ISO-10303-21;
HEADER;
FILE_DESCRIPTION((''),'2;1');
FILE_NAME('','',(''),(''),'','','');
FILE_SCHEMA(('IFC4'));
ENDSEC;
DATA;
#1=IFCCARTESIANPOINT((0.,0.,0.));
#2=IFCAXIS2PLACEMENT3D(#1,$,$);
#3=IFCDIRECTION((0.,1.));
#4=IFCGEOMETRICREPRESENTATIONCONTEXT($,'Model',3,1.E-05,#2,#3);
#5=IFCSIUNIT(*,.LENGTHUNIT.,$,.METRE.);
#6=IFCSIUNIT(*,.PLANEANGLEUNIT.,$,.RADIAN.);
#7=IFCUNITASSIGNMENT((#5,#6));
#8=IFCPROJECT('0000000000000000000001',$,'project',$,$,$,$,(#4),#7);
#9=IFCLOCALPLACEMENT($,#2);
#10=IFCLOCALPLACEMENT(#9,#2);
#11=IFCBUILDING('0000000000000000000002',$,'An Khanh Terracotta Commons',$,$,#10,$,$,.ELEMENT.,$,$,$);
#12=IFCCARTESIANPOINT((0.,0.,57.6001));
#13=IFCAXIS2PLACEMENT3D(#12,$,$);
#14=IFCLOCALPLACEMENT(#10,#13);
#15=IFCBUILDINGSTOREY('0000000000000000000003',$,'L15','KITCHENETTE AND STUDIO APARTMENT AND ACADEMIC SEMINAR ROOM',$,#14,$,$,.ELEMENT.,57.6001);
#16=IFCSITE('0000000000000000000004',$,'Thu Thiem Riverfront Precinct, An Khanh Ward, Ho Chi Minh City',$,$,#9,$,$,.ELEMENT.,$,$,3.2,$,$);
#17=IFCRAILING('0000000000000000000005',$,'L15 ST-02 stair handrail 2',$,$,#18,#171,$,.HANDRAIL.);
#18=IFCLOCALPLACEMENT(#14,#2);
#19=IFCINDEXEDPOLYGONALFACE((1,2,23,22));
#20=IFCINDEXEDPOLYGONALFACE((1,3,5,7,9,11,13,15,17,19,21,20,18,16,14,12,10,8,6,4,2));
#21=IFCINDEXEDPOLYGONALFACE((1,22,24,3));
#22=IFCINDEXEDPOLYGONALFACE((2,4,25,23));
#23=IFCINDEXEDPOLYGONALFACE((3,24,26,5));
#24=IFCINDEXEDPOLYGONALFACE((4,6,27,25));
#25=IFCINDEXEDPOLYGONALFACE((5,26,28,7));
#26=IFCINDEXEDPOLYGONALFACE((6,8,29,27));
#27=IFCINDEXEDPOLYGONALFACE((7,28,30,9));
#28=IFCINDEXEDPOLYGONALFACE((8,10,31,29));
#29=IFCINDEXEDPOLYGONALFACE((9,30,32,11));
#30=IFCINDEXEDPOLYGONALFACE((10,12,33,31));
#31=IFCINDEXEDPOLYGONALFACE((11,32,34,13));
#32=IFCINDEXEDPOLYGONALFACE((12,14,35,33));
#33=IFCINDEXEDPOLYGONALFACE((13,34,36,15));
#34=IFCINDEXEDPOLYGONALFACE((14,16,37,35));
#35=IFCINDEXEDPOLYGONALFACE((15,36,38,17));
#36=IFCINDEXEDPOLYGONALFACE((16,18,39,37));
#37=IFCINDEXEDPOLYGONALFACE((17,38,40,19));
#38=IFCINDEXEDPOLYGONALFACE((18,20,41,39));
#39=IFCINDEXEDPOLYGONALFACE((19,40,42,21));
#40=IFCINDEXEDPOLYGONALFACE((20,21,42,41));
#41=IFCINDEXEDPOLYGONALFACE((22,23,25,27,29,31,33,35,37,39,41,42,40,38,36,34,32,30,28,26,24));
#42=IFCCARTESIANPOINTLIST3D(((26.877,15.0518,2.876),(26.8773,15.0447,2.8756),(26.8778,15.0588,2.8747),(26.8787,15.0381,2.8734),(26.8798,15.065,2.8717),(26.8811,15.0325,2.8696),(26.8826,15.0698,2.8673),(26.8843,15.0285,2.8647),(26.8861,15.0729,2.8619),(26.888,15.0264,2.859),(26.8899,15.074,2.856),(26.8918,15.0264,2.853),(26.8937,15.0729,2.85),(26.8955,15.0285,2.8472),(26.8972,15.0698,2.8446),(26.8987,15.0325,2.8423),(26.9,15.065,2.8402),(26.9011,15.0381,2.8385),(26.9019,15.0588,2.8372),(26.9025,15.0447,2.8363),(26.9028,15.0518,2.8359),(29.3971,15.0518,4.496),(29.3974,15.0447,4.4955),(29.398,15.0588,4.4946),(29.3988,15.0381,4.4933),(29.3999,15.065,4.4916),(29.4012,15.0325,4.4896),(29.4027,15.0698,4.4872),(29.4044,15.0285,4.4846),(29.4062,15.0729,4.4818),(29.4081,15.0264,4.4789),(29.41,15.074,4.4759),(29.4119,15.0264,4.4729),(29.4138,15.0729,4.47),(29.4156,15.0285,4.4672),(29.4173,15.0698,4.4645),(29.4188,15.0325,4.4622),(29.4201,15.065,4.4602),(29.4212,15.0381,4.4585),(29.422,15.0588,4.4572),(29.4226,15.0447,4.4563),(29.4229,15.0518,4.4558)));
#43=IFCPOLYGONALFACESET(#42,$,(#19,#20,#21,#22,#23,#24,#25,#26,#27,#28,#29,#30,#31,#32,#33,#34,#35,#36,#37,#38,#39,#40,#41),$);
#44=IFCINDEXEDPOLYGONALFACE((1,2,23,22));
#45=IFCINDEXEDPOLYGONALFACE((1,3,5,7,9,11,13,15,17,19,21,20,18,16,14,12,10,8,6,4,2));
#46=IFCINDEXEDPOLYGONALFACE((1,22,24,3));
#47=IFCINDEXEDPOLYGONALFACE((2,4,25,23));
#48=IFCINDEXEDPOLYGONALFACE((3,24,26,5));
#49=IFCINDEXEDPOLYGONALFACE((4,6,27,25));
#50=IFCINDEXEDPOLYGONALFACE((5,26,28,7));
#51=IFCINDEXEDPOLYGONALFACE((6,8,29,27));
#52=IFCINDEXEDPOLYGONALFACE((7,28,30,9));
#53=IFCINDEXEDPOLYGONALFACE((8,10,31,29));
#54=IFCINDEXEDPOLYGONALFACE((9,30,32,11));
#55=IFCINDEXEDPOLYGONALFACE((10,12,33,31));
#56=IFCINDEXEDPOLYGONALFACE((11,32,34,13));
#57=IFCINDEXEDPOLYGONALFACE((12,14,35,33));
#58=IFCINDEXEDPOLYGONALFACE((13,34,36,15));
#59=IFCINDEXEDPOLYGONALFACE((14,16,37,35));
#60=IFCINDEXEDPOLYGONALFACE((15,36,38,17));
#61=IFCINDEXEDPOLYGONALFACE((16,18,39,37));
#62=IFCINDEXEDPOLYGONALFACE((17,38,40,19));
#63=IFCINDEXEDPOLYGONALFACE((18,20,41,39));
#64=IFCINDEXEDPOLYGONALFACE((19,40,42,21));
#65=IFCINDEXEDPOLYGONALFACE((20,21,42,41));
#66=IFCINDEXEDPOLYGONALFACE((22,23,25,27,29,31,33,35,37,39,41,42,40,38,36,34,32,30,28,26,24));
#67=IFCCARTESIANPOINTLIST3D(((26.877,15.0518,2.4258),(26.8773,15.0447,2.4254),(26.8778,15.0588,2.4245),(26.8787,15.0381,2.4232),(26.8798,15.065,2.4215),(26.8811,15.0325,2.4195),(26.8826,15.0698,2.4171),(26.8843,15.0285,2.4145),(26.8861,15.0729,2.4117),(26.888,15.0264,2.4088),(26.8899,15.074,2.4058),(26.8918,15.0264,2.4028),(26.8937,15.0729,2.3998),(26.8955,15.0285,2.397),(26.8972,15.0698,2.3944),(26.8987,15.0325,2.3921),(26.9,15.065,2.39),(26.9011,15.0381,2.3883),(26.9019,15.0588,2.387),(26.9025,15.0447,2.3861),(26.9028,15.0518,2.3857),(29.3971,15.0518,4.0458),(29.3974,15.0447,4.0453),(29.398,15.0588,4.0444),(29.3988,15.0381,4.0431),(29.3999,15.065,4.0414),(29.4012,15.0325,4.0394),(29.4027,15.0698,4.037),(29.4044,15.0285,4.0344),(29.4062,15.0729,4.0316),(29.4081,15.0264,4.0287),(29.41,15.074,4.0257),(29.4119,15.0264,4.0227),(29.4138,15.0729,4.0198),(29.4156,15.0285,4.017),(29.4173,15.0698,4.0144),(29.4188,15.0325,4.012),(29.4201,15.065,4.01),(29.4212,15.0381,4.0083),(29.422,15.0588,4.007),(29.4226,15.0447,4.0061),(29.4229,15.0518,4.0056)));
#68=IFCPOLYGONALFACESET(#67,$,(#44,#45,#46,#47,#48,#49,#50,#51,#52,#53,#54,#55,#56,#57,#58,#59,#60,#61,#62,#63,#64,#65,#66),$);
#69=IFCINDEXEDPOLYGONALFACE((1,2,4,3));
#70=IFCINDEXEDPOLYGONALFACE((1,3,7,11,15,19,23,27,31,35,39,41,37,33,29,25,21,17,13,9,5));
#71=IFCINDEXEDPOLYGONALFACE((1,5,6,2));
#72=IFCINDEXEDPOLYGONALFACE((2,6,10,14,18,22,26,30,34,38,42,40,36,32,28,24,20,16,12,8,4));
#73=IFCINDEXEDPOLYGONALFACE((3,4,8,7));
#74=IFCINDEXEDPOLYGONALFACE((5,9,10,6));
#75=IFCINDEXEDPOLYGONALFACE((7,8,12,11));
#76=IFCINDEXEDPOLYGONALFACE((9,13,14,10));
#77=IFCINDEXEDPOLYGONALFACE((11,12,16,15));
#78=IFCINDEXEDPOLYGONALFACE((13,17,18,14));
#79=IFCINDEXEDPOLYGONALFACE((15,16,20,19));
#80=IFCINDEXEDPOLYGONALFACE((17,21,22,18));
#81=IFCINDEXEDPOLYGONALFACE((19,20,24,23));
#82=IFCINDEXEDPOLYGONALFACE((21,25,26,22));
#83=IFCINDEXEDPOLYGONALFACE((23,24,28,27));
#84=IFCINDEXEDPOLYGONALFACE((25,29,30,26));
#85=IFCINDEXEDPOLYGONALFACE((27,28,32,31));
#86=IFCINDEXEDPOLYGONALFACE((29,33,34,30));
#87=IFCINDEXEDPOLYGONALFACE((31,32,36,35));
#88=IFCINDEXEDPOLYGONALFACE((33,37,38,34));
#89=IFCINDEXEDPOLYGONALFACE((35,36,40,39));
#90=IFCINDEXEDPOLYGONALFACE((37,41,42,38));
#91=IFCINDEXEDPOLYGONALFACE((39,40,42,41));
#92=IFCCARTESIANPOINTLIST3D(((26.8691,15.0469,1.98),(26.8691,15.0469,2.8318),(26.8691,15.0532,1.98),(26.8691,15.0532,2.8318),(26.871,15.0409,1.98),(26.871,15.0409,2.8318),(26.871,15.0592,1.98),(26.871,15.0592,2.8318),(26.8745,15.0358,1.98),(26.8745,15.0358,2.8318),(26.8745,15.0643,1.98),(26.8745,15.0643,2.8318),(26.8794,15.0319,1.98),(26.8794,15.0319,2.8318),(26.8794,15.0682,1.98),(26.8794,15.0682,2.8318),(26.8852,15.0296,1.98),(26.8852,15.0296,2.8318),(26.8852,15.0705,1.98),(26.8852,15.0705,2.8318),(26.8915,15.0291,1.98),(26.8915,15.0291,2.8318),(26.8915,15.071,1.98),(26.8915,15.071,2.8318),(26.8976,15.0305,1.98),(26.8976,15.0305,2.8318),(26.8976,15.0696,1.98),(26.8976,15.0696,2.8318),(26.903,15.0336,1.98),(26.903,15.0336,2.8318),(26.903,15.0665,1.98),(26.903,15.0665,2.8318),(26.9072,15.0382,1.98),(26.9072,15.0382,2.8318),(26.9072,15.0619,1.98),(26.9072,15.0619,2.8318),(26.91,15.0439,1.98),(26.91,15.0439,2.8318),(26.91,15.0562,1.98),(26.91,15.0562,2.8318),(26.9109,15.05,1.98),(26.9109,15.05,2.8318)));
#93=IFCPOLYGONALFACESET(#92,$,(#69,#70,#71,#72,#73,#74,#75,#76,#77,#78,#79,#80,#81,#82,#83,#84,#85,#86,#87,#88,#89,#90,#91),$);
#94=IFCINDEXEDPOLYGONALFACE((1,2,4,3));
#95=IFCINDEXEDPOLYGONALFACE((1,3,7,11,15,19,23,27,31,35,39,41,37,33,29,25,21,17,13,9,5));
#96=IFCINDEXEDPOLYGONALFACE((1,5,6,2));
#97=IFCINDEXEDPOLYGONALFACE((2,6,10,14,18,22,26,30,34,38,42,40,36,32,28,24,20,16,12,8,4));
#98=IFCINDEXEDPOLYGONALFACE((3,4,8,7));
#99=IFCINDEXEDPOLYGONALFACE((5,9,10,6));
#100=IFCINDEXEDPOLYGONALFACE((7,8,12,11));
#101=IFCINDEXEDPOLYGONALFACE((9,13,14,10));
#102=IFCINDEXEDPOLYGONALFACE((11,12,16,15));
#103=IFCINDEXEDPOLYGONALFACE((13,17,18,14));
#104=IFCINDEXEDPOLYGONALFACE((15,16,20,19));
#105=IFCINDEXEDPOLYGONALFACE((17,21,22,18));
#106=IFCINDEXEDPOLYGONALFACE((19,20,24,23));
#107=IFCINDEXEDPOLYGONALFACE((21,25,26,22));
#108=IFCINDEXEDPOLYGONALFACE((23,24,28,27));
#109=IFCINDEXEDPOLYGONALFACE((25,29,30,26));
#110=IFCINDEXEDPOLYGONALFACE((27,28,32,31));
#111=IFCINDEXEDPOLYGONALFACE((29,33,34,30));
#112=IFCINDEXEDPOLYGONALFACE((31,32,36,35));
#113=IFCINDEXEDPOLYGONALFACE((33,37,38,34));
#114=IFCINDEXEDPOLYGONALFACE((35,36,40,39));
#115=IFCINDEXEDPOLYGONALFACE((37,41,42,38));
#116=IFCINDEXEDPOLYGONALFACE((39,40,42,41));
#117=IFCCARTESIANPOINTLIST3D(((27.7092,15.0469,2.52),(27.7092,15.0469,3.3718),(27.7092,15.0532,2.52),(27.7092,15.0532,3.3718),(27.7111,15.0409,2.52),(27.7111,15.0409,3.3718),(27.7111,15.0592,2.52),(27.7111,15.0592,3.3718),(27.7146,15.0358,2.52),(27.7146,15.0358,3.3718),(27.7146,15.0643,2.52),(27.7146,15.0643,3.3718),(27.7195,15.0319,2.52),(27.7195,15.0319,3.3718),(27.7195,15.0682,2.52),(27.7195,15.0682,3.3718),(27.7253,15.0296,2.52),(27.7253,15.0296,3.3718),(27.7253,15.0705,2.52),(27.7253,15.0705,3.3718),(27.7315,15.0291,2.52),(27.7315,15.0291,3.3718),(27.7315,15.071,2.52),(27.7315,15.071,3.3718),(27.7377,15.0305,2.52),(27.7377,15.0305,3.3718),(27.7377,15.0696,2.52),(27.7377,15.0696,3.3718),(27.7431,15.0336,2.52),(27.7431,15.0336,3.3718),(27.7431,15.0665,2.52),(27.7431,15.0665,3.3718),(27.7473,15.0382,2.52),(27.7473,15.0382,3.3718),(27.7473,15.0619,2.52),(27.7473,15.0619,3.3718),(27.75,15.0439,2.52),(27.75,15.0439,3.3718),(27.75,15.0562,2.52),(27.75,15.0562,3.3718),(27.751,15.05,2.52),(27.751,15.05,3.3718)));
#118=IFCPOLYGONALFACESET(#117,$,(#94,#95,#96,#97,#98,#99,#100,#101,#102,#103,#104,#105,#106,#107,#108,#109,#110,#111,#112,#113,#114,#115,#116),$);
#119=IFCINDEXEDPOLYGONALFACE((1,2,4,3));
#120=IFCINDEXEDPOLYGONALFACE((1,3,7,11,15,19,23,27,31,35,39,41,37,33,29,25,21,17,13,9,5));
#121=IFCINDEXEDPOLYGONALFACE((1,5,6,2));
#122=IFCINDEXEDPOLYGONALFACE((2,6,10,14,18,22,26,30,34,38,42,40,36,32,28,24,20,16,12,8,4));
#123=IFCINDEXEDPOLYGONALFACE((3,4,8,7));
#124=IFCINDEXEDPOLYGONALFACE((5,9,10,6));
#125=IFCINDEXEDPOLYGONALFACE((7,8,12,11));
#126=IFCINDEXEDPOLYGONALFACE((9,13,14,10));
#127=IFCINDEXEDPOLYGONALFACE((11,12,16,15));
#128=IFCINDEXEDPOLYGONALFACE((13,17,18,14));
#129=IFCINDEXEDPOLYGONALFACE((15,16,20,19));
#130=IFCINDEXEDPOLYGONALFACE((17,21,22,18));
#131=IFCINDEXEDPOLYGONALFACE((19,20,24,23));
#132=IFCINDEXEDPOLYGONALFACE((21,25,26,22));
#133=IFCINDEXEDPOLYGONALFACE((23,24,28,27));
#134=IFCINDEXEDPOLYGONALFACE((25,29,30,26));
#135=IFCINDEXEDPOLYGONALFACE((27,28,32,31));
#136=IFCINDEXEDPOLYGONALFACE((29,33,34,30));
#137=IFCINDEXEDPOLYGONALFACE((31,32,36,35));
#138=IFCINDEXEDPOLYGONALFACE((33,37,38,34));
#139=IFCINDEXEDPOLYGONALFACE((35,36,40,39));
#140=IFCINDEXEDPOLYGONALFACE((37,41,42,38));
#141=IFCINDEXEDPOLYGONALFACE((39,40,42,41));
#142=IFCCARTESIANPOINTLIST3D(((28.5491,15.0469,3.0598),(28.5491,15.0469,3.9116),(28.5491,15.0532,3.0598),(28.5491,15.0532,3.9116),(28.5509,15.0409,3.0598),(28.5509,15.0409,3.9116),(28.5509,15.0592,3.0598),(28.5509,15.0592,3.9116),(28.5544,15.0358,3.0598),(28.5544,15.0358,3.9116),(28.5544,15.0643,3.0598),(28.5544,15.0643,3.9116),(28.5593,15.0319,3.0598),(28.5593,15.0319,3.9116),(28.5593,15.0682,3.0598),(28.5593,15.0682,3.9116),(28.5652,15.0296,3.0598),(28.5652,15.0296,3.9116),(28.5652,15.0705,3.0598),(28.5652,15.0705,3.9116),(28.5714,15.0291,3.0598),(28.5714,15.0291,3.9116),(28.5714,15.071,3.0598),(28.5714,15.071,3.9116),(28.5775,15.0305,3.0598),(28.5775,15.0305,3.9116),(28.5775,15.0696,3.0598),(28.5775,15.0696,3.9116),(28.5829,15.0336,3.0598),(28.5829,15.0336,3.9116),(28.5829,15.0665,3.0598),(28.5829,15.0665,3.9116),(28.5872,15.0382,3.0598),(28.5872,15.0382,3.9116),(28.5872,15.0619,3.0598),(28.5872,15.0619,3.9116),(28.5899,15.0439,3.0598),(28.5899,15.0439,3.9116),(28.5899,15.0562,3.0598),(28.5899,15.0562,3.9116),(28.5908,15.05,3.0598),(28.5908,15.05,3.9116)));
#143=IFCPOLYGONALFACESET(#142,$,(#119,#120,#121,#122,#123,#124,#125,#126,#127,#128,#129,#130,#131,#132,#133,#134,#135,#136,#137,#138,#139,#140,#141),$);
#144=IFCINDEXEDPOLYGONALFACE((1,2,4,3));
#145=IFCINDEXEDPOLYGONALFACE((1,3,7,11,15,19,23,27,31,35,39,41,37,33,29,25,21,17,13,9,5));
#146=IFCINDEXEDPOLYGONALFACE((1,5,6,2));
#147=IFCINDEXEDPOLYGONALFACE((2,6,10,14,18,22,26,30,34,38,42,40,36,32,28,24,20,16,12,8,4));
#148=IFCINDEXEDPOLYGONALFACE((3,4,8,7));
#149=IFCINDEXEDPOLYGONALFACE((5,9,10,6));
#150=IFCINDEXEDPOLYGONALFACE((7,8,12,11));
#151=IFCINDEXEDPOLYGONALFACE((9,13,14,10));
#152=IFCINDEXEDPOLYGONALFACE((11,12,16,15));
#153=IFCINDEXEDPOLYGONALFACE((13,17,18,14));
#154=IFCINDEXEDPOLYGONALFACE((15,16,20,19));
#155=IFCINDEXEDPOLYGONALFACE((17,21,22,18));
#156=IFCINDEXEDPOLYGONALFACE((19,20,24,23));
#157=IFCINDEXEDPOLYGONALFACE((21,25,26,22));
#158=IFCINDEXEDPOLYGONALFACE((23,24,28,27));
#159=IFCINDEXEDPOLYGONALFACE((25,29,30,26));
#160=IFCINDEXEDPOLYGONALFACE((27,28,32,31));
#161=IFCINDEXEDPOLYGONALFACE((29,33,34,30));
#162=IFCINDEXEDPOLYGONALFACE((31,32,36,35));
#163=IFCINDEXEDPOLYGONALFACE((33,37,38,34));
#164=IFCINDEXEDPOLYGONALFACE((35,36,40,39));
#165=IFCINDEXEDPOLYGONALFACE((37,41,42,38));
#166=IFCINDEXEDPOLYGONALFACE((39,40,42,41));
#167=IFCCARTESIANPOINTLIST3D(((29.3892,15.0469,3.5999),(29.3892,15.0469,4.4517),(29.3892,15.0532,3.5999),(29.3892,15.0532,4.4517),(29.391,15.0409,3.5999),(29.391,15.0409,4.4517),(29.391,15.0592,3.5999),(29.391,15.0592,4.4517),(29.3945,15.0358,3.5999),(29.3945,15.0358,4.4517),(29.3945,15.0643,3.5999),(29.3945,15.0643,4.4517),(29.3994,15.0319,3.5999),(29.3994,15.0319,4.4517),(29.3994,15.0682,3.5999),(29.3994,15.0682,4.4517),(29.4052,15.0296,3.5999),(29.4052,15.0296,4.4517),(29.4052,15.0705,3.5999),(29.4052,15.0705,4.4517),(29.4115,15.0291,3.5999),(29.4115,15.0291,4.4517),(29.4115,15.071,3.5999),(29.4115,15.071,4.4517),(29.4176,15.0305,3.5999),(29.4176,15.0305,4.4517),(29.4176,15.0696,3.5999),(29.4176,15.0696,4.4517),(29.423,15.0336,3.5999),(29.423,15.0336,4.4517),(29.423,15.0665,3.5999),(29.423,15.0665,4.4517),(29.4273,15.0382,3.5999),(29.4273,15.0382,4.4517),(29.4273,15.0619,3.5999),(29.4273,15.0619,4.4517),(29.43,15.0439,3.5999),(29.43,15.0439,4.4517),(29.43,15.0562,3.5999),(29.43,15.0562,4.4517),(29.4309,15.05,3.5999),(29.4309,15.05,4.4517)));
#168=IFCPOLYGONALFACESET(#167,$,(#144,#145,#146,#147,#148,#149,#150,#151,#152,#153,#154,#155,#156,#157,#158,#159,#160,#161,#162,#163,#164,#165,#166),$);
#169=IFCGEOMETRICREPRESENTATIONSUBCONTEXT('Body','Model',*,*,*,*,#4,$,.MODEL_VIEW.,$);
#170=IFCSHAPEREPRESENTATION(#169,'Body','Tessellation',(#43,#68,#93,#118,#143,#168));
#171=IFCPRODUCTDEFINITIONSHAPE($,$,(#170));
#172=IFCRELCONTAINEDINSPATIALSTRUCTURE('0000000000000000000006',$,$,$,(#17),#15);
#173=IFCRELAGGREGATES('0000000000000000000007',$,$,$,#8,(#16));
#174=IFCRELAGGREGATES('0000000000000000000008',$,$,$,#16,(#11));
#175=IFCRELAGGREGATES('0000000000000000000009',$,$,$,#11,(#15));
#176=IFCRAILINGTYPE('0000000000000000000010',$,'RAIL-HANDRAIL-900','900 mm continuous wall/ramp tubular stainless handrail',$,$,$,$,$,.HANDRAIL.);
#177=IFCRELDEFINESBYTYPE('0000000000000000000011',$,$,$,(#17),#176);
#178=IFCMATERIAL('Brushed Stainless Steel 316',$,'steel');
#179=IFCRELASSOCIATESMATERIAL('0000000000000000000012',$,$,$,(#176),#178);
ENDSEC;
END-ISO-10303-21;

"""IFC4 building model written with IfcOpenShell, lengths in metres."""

from ifc_helpers import new_model, si_unit, direction, frame, origin, origin_2d, place, context, subcontext, project, spatial, circle, extrude, material, type_object, element, save


model = new_model("IFC4")

# Units and contexts
model_context = context("Model", 3, precision=1e-05, world=origin(), true_north=direction((0.0, 1.0)))
body_context = subcontext(model_context, "Body", "Model", "MODEL_VIEW")
ifc_project = project(units=[si_unit("LENGTHUNIT", "METRE"), si_unit("PLANEANGLEUNIT", "RADIAN")], contexts=[model_context])

# Site, building, storey
site_placement = place(None, origin())
site = spatial("IfcSite", under=ifc_project, at=site_placement, Name="Thu Thiem Riverfront Precinct, An Khanh Ward, Ho Chi Minh City", CompositionType="ELEMENT", RefElevation=3.2)
building_placement = place(site_placement, origin())
building = spatial("IfcBuilding", under=site, at=building_placement, Name="An Khanh Terracotta Commons", CompositionType="ELEMENT")
storey_placement = place(building_placement, frame((0.0, 0.0, 57.6001)))
storey = spatial("IfcBuildingStorey", under=building, at=storey_placement, Name="L15", Description="KITCHENETTE AND STUDIO APARTMENT AND ACADEMIC SEMINAR ROOM", CompositionType="ELEMENT", Elevation=57.6001)

# Railing
ifc_material_1 = material(Name="Brushed Stainless Steel 316", Category="steel")
railing_type_1 = type_object("IfcRailingType", Name="RAIL-HANDRAIL-900", Description="900 mm continuous wall/ramp tubular stainless handrail", PredefinedType="HANDRAIL", material=ifc_material_1)
railing_1_placement = place(storey_placement, frame((26.8899, 15.05, 1.98)))
element("IfcRailing", 1, at=railing_1_placement, inside=storey, type_object=railing_type_1, Name="L15 ST-02 stair handrail 2", PredefinedType="HANDRAIL", context=body_context, shape_type="SweptSolid", body=[
    extrude(circle(Radius=0.0239, at=origin_2d()), frame((0.0, 0.0, 0.876), z_axis=(0.8412, 0.0, 0.540725), x_axis=(0.0, 1.0, 0.0)), (0.0, 0.0, 1.0), 2.9958),
    extrude(circle(Radius=0.0239, at=origin_2d()), frame((0.0, 0.0, 0.4258), z_axis=(0.8412, 0.0, 0.540725), x_axis=(0.0, 1.0, 0.0)), (0.0, 0.0, 1.0), 2.9958),
    extrude(circle(Radius=0.021, at=origin_2d()), origin(), (0.0, 0.0, 1.0), 0.8518),
    extrude(circle(Radius=0.021, at=origin_2d()), frame((0.8401, 0.0, 0.54)), (0.0, 0.0, 1.0), 0.8518),
    extrude(circle(Radius=0.021, at=origin_2d()), frame((1.6799, 0.0, 1.0798)), (0.0, 0.0, 1.0), 0.8518),
    extrude(circle(Radius=0.021, at=origin_2d()), frame((2.52, 0.0, 1.6199)), (0.0, 0.0, 1.0), 0.8518),
])

save(model, "model.ifc")
